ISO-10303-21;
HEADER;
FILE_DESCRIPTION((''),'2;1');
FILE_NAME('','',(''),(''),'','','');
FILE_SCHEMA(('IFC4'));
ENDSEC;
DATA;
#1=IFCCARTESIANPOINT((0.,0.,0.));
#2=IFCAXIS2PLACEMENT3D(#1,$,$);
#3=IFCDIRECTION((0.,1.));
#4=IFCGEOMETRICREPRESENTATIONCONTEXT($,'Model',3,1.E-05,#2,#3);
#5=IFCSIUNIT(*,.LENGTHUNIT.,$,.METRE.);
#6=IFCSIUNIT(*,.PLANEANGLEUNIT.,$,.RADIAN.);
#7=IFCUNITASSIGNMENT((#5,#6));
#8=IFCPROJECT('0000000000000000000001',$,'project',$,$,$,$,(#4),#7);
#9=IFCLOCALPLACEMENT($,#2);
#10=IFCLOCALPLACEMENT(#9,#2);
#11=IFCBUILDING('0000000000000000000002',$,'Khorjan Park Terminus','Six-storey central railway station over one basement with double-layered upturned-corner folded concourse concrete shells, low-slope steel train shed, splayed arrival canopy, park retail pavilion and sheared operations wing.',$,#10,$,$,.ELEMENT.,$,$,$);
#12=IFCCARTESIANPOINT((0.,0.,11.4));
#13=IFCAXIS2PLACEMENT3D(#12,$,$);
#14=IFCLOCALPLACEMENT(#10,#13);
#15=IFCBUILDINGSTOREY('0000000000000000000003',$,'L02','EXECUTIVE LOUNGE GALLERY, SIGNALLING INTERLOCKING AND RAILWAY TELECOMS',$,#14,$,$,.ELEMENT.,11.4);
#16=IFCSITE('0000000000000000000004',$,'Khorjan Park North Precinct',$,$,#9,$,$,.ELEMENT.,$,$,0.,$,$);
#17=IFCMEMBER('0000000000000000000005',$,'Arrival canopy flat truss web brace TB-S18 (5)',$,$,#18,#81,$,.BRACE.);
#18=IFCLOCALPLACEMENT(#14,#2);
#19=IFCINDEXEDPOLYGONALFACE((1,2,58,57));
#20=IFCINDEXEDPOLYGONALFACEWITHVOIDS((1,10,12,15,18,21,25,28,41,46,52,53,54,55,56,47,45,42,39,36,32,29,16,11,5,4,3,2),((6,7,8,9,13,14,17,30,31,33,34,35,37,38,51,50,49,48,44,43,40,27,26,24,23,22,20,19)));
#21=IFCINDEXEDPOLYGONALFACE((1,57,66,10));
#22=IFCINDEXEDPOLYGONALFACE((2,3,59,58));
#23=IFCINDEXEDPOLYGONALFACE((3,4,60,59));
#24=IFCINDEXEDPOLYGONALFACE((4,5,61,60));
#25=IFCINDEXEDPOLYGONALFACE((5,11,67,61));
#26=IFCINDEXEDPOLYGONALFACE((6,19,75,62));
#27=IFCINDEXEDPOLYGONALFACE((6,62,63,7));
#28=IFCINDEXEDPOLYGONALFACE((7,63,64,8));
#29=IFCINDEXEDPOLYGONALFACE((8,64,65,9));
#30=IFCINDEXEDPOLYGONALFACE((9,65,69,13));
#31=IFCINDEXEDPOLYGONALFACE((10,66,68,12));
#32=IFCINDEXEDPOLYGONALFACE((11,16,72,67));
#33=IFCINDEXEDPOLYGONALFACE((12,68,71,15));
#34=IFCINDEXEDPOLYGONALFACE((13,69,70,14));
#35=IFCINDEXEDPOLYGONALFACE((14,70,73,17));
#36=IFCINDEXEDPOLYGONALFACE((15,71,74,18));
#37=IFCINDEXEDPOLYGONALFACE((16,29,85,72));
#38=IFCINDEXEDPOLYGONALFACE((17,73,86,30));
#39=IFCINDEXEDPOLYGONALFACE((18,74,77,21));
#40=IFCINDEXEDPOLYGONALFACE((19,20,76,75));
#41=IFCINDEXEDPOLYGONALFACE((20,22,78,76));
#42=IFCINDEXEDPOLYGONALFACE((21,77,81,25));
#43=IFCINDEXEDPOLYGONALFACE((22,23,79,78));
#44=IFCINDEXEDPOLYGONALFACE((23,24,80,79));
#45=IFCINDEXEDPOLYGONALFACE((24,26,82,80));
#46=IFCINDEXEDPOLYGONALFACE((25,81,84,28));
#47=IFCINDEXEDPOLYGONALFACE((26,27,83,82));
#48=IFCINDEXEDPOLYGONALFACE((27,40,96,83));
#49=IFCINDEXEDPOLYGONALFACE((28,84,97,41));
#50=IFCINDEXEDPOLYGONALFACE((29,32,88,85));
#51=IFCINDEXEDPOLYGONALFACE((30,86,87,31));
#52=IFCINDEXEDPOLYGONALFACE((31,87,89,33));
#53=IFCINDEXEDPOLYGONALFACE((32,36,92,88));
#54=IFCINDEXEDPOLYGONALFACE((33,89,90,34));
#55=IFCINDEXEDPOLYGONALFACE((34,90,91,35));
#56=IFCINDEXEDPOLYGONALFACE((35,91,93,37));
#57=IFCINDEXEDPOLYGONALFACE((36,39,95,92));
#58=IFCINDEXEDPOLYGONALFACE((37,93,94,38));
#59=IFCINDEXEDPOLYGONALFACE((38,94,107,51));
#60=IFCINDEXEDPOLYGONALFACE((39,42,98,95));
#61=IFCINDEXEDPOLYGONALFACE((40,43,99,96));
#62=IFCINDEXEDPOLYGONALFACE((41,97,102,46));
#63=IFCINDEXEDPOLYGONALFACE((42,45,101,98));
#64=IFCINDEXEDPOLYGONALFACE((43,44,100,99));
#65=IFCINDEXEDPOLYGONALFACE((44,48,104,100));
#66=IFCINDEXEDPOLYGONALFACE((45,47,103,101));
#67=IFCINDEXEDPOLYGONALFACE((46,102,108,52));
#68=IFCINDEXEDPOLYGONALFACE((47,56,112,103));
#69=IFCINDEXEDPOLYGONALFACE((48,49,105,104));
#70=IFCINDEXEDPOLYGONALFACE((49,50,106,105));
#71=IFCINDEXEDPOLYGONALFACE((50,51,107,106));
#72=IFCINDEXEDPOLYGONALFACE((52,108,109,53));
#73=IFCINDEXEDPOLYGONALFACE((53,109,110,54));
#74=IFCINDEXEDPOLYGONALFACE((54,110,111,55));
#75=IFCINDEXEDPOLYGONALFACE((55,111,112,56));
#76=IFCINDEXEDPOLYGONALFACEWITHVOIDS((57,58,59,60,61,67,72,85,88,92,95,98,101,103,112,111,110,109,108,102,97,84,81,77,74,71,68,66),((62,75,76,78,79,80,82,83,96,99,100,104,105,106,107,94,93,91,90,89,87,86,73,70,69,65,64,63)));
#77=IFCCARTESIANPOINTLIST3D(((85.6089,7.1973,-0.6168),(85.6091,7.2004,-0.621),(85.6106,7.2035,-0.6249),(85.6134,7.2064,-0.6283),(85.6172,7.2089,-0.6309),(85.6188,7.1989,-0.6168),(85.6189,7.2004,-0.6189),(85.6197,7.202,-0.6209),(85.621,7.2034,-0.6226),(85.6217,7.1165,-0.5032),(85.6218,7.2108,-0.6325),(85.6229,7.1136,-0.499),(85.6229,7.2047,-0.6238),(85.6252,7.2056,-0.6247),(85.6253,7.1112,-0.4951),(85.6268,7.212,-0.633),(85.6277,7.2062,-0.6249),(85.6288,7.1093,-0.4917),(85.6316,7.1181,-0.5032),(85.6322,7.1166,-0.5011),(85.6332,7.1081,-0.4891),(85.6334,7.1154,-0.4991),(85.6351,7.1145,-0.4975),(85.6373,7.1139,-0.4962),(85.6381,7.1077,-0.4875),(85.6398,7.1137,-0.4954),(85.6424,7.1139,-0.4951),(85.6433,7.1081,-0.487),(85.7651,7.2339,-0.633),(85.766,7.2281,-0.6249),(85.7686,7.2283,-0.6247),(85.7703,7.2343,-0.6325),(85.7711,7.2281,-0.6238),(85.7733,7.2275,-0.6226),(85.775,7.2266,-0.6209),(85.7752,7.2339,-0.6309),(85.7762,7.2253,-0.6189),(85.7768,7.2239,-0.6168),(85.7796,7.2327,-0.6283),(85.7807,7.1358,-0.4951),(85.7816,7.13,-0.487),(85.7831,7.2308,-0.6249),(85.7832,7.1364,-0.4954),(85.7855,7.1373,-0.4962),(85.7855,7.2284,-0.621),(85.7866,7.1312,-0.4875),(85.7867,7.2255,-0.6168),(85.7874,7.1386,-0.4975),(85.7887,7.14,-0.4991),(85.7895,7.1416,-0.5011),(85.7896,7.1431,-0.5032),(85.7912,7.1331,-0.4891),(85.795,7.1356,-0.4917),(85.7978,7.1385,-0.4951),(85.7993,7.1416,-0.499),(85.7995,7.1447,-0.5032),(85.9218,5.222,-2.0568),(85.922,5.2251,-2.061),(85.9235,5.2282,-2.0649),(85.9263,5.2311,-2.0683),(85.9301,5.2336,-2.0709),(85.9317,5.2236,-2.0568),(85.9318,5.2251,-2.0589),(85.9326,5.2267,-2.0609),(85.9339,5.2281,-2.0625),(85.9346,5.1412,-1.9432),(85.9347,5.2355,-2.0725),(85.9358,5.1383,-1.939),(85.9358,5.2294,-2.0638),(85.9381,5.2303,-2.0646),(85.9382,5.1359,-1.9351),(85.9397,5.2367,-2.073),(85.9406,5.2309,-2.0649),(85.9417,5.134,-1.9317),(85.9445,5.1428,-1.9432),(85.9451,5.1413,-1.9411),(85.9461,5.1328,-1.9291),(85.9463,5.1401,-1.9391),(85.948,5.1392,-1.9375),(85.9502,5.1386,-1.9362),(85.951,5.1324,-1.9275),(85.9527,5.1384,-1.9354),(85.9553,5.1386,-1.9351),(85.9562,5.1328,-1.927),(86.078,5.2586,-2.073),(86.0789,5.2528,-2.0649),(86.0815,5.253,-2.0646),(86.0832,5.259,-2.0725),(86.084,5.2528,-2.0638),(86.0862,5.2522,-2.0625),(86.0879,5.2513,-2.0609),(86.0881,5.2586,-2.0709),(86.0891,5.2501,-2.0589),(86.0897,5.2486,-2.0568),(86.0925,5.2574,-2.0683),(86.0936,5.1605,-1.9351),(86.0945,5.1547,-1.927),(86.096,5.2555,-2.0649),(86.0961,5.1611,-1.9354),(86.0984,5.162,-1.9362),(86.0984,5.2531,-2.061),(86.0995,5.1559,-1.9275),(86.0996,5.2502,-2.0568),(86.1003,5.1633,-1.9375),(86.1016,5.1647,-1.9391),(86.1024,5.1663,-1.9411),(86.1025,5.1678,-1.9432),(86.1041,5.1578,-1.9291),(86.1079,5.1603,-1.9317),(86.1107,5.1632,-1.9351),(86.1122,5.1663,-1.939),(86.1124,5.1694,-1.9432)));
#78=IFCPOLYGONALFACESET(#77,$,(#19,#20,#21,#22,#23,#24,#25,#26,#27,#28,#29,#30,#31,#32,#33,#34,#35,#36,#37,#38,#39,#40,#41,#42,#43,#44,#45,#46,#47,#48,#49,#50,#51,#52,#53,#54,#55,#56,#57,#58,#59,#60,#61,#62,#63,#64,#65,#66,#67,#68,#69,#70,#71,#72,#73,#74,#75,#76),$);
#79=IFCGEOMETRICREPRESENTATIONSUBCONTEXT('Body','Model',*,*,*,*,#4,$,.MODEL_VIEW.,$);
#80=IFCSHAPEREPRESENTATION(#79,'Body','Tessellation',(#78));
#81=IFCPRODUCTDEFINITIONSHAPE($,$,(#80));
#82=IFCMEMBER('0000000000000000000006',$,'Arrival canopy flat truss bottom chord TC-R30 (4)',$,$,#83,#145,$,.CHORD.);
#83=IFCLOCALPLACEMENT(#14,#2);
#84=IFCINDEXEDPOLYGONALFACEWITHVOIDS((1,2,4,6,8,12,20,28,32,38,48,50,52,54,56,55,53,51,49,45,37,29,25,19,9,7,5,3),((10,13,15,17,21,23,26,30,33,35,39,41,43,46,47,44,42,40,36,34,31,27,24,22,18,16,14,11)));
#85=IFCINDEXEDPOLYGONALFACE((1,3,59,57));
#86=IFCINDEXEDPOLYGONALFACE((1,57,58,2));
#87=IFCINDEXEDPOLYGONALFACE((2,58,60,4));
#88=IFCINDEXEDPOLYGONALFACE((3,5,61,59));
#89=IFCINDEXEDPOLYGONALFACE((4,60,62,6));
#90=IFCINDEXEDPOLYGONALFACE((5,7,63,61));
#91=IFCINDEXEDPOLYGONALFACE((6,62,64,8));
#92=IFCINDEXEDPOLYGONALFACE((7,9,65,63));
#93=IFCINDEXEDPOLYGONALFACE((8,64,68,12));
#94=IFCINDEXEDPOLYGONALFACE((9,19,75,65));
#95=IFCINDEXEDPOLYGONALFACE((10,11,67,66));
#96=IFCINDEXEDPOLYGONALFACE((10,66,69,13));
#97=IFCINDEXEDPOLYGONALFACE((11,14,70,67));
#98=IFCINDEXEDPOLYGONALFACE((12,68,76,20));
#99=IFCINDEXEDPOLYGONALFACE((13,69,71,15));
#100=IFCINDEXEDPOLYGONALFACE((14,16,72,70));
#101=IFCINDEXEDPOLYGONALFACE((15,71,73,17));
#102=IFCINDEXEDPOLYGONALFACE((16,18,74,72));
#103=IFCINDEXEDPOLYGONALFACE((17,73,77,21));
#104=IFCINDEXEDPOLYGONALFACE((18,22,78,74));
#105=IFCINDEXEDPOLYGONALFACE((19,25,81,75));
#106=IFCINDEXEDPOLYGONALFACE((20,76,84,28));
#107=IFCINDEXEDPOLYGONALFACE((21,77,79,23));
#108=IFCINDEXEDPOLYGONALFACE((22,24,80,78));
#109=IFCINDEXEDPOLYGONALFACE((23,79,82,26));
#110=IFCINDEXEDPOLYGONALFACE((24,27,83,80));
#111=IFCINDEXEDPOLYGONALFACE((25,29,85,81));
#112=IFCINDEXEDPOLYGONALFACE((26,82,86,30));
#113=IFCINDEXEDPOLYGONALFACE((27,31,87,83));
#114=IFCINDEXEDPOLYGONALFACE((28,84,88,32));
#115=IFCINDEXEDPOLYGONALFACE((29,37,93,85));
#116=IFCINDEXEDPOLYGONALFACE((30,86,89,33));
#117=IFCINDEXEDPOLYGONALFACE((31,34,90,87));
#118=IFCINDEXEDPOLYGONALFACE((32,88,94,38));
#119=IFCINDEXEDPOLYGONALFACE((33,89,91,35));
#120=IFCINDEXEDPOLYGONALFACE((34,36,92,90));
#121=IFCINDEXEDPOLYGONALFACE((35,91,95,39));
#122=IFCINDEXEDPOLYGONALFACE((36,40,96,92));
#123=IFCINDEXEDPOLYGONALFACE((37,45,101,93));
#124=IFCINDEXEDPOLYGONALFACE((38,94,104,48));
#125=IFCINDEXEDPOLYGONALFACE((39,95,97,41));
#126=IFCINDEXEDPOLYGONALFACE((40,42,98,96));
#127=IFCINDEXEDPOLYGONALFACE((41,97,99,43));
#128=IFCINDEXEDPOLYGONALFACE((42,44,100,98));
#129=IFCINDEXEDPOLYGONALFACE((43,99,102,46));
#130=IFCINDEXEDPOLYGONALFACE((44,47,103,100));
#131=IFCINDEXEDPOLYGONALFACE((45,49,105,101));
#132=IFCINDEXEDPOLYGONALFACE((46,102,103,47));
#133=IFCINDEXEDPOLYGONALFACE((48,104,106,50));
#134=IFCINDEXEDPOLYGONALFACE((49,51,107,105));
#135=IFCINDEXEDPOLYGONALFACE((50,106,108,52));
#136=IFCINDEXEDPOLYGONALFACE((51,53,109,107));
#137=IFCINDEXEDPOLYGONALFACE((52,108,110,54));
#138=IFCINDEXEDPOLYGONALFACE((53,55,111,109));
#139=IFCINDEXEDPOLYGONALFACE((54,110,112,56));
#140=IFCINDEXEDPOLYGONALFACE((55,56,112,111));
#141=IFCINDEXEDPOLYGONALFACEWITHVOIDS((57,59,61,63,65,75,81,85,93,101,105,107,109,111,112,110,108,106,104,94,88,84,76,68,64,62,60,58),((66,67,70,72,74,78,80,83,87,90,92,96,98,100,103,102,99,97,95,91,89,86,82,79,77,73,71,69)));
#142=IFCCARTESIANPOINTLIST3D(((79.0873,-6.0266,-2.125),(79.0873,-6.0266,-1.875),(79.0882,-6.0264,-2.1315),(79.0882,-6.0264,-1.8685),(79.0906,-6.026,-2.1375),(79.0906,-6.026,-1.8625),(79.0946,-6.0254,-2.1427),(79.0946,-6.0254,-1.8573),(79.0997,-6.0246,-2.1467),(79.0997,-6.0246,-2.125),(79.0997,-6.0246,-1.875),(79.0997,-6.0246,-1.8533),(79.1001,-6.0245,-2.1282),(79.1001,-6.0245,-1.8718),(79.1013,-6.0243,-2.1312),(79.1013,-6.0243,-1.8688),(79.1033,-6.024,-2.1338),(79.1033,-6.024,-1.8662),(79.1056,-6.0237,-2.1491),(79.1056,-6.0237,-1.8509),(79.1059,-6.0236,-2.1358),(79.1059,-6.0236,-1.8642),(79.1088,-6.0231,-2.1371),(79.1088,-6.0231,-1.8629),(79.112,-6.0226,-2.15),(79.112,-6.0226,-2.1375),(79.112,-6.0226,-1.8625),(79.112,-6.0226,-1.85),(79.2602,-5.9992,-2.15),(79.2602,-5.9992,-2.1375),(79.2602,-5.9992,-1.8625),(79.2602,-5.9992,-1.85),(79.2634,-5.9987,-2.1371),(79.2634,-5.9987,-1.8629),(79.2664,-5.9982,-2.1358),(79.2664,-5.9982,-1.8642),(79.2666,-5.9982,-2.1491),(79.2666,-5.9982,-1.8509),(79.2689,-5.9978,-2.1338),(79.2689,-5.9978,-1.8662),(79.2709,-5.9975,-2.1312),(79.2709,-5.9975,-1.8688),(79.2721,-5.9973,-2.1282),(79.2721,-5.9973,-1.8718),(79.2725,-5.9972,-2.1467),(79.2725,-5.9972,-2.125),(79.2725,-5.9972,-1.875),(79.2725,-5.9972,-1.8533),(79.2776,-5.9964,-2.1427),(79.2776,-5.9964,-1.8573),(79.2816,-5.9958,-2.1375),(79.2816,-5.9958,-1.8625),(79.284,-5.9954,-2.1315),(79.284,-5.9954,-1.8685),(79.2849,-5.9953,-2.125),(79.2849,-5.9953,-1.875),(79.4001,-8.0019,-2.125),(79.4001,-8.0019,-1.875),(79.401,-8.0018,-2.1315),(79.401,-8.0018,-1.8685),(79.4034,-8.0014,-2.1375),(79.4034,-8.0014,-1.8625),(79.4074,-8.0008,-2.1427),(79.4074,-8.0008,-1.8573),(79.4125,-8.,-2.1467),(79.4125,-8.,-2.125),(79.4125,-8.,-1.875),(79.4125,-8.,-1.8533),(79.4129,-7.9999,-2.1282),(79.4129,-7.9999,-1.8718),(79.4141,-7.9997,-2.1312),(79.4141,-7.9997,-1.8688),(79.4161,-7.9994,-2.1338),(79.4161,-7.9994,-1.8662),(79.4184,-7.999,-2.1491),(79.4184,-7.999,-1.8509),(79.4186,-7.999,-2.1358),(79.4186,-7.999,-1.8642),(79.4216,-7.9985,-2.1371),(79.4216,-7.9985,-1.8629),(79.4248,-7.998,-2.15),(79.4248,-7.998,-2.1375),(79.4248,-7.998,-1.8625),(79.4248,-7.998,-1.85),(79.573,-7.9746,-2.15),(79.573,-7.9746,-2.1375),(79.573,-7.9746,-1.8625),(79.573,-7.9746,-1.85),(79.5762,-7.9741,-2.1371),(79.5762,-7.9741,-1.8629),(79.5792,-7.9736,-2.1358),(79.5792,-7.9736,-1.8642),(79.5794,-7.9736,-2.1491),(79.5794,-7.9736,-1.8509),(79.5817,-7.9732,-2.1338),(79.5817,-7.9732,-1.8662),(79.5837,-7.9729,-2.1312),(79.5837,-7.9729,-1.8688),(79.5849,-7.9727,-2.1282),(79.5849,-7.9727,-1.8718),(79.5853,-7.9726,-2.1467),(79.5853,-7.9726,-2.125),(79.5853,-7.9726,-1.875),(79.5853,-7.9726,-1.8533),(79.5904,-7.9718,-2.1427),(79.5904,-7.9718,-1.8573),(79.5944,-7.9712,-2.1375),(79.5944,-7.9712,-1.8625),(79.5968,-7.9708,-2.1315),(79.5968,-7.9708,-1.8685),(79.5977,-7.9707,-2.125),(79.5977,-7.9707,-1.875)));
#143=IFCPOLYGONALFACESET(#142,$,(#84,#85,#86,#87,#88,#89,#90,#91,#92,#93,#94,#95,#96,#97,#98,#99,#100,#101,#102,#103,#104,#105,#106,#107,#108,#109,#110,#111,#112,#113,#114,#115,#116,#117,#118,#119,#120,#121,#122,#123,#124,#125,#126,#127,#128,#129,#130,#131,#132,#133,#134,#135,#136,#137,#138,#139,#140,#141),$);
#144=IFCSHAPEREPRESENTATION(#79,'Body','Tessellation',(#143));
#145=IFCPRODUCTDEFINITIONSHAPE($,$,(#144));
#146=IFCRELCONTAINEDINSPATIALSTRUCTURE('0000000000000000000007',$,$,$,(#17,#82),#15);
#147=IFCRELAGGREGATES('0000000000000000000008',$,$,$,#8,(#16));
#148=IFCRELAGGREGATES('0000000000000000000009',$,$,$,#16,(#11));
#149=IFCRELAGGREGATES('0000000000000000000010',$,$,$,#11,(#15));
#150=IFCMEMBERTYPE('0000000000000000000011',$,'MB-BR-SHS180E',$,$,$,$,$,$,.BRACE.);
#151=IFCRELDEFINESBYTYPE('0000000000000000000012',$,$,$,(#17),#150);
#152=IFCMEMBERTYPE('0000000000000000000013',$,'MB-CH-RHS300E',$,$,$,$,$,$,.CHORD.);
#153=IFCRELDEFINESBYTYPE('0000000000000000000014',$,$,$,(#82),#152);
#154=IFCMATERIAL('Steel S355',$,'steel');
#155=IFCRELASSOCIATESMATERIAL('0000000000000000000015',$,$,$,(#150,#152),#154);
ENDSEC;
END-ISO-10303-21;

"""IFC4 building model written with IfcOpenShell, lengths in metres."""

from ifc_helpers import new_model, si_unit, direction, frame, origin, origin_2d, place, context, subcontext, project, spatial, hollow_rectangle, extrude, material, material_profile, profile_set, type_object, element, save


model = new_model("IFC4")

# Units and contexts
model_context = context("Model", 3, precision=1e-05, world=origin(), true_north=direction((0.0, 1.0)))
body_context = subcontext(model_context, "Body", "Model", "MODEL_VIEW")
ifc_project = project(units=[si_unit("LENGTHUNIT", "METRE"), si_unit("PLANEANGLEUNIT", "RADIAN")], contexts=[model_context])

# Site, building, storey
site_placement = place(None, origin())
site = spatial("IfcSite", under=ifc_project, at=site_placement, Name="Khorjan Park North Precinct", CompositionType="ELEMENT", RefElevation=0.0)
building_placement = place(site_placement, origin())
building = spatial("IfcBuilding", under=site, at=building_placement, Name="Khorjan Park Terminus", Description="Six-storey central railway station over one basement with double-layered upturned-corner folded concourse concrete shells, low-slope steel train shed, splayed arrival canopy, park retail pavilion and sheared operations wing.", CompositionType="ELEMENT")
storey_placement = place(building_placement, frame((0.0, 0.0, 11.4)))
storey = spatial("IfcBuildingStorey", under=building, at=storey_placement, Name="L02", Description="EXECUTIVE LOUNGE GALLERY, SIGNALLING INTERLOCKING AND RAILWAY TELECOMS", CompositionType="ELEMENT", Elevation=11.4)

# Members
ifc_material = material(Name="Steel S355", Category="steel")
ifc_material_profile_1 = material_profile(ifc_material, hollow_rectangle(XDim=0.18, YDim=0.18, WallThickness=0.01, InnerFilletRadius=0.01, OuterFilletRadius=0.02, at=origin_2d()), Name="SHS 180x180x10")
ifc_profile_set_1 = profile_set([ifc_material_profile_1], Name="Steel S355")
member_type_1 = type_object("IfcMemberType", Name="MB-BR-SHS180E", PredefinedType="BRACE", material=ifc_profile_set_1)
member_1_placement = place(storey_placement, frame((86.0171, 5.1957, -2.0), z_axis=(-0.126968, 0.801531, 0.584318), x_axis=(-0.987685, -0.156456, 0.0)))
element("IfcMember", 1, at=member_1_placement, inside=storey, type_object=member_type_1, Name="Arrival canopy flat truss web brace TB-S18 (5)", PredefinedType="BRACE", context=body_context, shape_type="SweptSolid", body=[
    extrude(hollow_rectangle(XDim=0.18, YDim=0.18, WallThickness=0.01, InnerFilletRadius=0.01, OuterFilletRadius=0.02, at=origin_2d()), origin(), (0.0, 0.0, 1.0), 2.4644),
])
ifc_material_profile_2 = material_profile(ifc_material, hollow_rectangle(XDim=0.2, YDim=0.3, WallThickness=0.0125, InnerFilletRadius=0.0125, OuterFilletRadius=0.025, at=origin_2d()), Name="RHS 300x200x12.5")
ifc_profile_set_2 = profile_set([ifc_material_profile_2], Name="Steel S355")
member_type_2 = type_object("IfcMemberType", Name="MB-CH-RHS300E", PredefinedType="CHORD", material=ifc_profile_set_2)
for number, where, z_axis, x_axis, name in (
    (2, (79.4989, -7.9863, -2.0), (-0.156399, 0.987694, 0.0), (-0.987694, -0.156399, 0.0), "Arrival canopy flat truss bottom chord TC-R30 (4)"),
):
    element("IfcMember", number, at=place(storey_placement, frame(where, z_axis=z_axis, x_axis=x_axis)), inside=storey, type_object=member_type_2, Name=name, PredefinedType="CHORD", context=body_context, shape_type="SweptSolid", body=[
        extrude(hollow_rectangle(XDim=0.2, YDim=0.3, WallThickness=0.0125, InnerFilletRadius=0.0125, OuterFilletRadius=0.025, at=origin_2d()), origin(), (0.0, 0.0, 1.0), 2.0),
    ])

save(model, "model.ifc")
